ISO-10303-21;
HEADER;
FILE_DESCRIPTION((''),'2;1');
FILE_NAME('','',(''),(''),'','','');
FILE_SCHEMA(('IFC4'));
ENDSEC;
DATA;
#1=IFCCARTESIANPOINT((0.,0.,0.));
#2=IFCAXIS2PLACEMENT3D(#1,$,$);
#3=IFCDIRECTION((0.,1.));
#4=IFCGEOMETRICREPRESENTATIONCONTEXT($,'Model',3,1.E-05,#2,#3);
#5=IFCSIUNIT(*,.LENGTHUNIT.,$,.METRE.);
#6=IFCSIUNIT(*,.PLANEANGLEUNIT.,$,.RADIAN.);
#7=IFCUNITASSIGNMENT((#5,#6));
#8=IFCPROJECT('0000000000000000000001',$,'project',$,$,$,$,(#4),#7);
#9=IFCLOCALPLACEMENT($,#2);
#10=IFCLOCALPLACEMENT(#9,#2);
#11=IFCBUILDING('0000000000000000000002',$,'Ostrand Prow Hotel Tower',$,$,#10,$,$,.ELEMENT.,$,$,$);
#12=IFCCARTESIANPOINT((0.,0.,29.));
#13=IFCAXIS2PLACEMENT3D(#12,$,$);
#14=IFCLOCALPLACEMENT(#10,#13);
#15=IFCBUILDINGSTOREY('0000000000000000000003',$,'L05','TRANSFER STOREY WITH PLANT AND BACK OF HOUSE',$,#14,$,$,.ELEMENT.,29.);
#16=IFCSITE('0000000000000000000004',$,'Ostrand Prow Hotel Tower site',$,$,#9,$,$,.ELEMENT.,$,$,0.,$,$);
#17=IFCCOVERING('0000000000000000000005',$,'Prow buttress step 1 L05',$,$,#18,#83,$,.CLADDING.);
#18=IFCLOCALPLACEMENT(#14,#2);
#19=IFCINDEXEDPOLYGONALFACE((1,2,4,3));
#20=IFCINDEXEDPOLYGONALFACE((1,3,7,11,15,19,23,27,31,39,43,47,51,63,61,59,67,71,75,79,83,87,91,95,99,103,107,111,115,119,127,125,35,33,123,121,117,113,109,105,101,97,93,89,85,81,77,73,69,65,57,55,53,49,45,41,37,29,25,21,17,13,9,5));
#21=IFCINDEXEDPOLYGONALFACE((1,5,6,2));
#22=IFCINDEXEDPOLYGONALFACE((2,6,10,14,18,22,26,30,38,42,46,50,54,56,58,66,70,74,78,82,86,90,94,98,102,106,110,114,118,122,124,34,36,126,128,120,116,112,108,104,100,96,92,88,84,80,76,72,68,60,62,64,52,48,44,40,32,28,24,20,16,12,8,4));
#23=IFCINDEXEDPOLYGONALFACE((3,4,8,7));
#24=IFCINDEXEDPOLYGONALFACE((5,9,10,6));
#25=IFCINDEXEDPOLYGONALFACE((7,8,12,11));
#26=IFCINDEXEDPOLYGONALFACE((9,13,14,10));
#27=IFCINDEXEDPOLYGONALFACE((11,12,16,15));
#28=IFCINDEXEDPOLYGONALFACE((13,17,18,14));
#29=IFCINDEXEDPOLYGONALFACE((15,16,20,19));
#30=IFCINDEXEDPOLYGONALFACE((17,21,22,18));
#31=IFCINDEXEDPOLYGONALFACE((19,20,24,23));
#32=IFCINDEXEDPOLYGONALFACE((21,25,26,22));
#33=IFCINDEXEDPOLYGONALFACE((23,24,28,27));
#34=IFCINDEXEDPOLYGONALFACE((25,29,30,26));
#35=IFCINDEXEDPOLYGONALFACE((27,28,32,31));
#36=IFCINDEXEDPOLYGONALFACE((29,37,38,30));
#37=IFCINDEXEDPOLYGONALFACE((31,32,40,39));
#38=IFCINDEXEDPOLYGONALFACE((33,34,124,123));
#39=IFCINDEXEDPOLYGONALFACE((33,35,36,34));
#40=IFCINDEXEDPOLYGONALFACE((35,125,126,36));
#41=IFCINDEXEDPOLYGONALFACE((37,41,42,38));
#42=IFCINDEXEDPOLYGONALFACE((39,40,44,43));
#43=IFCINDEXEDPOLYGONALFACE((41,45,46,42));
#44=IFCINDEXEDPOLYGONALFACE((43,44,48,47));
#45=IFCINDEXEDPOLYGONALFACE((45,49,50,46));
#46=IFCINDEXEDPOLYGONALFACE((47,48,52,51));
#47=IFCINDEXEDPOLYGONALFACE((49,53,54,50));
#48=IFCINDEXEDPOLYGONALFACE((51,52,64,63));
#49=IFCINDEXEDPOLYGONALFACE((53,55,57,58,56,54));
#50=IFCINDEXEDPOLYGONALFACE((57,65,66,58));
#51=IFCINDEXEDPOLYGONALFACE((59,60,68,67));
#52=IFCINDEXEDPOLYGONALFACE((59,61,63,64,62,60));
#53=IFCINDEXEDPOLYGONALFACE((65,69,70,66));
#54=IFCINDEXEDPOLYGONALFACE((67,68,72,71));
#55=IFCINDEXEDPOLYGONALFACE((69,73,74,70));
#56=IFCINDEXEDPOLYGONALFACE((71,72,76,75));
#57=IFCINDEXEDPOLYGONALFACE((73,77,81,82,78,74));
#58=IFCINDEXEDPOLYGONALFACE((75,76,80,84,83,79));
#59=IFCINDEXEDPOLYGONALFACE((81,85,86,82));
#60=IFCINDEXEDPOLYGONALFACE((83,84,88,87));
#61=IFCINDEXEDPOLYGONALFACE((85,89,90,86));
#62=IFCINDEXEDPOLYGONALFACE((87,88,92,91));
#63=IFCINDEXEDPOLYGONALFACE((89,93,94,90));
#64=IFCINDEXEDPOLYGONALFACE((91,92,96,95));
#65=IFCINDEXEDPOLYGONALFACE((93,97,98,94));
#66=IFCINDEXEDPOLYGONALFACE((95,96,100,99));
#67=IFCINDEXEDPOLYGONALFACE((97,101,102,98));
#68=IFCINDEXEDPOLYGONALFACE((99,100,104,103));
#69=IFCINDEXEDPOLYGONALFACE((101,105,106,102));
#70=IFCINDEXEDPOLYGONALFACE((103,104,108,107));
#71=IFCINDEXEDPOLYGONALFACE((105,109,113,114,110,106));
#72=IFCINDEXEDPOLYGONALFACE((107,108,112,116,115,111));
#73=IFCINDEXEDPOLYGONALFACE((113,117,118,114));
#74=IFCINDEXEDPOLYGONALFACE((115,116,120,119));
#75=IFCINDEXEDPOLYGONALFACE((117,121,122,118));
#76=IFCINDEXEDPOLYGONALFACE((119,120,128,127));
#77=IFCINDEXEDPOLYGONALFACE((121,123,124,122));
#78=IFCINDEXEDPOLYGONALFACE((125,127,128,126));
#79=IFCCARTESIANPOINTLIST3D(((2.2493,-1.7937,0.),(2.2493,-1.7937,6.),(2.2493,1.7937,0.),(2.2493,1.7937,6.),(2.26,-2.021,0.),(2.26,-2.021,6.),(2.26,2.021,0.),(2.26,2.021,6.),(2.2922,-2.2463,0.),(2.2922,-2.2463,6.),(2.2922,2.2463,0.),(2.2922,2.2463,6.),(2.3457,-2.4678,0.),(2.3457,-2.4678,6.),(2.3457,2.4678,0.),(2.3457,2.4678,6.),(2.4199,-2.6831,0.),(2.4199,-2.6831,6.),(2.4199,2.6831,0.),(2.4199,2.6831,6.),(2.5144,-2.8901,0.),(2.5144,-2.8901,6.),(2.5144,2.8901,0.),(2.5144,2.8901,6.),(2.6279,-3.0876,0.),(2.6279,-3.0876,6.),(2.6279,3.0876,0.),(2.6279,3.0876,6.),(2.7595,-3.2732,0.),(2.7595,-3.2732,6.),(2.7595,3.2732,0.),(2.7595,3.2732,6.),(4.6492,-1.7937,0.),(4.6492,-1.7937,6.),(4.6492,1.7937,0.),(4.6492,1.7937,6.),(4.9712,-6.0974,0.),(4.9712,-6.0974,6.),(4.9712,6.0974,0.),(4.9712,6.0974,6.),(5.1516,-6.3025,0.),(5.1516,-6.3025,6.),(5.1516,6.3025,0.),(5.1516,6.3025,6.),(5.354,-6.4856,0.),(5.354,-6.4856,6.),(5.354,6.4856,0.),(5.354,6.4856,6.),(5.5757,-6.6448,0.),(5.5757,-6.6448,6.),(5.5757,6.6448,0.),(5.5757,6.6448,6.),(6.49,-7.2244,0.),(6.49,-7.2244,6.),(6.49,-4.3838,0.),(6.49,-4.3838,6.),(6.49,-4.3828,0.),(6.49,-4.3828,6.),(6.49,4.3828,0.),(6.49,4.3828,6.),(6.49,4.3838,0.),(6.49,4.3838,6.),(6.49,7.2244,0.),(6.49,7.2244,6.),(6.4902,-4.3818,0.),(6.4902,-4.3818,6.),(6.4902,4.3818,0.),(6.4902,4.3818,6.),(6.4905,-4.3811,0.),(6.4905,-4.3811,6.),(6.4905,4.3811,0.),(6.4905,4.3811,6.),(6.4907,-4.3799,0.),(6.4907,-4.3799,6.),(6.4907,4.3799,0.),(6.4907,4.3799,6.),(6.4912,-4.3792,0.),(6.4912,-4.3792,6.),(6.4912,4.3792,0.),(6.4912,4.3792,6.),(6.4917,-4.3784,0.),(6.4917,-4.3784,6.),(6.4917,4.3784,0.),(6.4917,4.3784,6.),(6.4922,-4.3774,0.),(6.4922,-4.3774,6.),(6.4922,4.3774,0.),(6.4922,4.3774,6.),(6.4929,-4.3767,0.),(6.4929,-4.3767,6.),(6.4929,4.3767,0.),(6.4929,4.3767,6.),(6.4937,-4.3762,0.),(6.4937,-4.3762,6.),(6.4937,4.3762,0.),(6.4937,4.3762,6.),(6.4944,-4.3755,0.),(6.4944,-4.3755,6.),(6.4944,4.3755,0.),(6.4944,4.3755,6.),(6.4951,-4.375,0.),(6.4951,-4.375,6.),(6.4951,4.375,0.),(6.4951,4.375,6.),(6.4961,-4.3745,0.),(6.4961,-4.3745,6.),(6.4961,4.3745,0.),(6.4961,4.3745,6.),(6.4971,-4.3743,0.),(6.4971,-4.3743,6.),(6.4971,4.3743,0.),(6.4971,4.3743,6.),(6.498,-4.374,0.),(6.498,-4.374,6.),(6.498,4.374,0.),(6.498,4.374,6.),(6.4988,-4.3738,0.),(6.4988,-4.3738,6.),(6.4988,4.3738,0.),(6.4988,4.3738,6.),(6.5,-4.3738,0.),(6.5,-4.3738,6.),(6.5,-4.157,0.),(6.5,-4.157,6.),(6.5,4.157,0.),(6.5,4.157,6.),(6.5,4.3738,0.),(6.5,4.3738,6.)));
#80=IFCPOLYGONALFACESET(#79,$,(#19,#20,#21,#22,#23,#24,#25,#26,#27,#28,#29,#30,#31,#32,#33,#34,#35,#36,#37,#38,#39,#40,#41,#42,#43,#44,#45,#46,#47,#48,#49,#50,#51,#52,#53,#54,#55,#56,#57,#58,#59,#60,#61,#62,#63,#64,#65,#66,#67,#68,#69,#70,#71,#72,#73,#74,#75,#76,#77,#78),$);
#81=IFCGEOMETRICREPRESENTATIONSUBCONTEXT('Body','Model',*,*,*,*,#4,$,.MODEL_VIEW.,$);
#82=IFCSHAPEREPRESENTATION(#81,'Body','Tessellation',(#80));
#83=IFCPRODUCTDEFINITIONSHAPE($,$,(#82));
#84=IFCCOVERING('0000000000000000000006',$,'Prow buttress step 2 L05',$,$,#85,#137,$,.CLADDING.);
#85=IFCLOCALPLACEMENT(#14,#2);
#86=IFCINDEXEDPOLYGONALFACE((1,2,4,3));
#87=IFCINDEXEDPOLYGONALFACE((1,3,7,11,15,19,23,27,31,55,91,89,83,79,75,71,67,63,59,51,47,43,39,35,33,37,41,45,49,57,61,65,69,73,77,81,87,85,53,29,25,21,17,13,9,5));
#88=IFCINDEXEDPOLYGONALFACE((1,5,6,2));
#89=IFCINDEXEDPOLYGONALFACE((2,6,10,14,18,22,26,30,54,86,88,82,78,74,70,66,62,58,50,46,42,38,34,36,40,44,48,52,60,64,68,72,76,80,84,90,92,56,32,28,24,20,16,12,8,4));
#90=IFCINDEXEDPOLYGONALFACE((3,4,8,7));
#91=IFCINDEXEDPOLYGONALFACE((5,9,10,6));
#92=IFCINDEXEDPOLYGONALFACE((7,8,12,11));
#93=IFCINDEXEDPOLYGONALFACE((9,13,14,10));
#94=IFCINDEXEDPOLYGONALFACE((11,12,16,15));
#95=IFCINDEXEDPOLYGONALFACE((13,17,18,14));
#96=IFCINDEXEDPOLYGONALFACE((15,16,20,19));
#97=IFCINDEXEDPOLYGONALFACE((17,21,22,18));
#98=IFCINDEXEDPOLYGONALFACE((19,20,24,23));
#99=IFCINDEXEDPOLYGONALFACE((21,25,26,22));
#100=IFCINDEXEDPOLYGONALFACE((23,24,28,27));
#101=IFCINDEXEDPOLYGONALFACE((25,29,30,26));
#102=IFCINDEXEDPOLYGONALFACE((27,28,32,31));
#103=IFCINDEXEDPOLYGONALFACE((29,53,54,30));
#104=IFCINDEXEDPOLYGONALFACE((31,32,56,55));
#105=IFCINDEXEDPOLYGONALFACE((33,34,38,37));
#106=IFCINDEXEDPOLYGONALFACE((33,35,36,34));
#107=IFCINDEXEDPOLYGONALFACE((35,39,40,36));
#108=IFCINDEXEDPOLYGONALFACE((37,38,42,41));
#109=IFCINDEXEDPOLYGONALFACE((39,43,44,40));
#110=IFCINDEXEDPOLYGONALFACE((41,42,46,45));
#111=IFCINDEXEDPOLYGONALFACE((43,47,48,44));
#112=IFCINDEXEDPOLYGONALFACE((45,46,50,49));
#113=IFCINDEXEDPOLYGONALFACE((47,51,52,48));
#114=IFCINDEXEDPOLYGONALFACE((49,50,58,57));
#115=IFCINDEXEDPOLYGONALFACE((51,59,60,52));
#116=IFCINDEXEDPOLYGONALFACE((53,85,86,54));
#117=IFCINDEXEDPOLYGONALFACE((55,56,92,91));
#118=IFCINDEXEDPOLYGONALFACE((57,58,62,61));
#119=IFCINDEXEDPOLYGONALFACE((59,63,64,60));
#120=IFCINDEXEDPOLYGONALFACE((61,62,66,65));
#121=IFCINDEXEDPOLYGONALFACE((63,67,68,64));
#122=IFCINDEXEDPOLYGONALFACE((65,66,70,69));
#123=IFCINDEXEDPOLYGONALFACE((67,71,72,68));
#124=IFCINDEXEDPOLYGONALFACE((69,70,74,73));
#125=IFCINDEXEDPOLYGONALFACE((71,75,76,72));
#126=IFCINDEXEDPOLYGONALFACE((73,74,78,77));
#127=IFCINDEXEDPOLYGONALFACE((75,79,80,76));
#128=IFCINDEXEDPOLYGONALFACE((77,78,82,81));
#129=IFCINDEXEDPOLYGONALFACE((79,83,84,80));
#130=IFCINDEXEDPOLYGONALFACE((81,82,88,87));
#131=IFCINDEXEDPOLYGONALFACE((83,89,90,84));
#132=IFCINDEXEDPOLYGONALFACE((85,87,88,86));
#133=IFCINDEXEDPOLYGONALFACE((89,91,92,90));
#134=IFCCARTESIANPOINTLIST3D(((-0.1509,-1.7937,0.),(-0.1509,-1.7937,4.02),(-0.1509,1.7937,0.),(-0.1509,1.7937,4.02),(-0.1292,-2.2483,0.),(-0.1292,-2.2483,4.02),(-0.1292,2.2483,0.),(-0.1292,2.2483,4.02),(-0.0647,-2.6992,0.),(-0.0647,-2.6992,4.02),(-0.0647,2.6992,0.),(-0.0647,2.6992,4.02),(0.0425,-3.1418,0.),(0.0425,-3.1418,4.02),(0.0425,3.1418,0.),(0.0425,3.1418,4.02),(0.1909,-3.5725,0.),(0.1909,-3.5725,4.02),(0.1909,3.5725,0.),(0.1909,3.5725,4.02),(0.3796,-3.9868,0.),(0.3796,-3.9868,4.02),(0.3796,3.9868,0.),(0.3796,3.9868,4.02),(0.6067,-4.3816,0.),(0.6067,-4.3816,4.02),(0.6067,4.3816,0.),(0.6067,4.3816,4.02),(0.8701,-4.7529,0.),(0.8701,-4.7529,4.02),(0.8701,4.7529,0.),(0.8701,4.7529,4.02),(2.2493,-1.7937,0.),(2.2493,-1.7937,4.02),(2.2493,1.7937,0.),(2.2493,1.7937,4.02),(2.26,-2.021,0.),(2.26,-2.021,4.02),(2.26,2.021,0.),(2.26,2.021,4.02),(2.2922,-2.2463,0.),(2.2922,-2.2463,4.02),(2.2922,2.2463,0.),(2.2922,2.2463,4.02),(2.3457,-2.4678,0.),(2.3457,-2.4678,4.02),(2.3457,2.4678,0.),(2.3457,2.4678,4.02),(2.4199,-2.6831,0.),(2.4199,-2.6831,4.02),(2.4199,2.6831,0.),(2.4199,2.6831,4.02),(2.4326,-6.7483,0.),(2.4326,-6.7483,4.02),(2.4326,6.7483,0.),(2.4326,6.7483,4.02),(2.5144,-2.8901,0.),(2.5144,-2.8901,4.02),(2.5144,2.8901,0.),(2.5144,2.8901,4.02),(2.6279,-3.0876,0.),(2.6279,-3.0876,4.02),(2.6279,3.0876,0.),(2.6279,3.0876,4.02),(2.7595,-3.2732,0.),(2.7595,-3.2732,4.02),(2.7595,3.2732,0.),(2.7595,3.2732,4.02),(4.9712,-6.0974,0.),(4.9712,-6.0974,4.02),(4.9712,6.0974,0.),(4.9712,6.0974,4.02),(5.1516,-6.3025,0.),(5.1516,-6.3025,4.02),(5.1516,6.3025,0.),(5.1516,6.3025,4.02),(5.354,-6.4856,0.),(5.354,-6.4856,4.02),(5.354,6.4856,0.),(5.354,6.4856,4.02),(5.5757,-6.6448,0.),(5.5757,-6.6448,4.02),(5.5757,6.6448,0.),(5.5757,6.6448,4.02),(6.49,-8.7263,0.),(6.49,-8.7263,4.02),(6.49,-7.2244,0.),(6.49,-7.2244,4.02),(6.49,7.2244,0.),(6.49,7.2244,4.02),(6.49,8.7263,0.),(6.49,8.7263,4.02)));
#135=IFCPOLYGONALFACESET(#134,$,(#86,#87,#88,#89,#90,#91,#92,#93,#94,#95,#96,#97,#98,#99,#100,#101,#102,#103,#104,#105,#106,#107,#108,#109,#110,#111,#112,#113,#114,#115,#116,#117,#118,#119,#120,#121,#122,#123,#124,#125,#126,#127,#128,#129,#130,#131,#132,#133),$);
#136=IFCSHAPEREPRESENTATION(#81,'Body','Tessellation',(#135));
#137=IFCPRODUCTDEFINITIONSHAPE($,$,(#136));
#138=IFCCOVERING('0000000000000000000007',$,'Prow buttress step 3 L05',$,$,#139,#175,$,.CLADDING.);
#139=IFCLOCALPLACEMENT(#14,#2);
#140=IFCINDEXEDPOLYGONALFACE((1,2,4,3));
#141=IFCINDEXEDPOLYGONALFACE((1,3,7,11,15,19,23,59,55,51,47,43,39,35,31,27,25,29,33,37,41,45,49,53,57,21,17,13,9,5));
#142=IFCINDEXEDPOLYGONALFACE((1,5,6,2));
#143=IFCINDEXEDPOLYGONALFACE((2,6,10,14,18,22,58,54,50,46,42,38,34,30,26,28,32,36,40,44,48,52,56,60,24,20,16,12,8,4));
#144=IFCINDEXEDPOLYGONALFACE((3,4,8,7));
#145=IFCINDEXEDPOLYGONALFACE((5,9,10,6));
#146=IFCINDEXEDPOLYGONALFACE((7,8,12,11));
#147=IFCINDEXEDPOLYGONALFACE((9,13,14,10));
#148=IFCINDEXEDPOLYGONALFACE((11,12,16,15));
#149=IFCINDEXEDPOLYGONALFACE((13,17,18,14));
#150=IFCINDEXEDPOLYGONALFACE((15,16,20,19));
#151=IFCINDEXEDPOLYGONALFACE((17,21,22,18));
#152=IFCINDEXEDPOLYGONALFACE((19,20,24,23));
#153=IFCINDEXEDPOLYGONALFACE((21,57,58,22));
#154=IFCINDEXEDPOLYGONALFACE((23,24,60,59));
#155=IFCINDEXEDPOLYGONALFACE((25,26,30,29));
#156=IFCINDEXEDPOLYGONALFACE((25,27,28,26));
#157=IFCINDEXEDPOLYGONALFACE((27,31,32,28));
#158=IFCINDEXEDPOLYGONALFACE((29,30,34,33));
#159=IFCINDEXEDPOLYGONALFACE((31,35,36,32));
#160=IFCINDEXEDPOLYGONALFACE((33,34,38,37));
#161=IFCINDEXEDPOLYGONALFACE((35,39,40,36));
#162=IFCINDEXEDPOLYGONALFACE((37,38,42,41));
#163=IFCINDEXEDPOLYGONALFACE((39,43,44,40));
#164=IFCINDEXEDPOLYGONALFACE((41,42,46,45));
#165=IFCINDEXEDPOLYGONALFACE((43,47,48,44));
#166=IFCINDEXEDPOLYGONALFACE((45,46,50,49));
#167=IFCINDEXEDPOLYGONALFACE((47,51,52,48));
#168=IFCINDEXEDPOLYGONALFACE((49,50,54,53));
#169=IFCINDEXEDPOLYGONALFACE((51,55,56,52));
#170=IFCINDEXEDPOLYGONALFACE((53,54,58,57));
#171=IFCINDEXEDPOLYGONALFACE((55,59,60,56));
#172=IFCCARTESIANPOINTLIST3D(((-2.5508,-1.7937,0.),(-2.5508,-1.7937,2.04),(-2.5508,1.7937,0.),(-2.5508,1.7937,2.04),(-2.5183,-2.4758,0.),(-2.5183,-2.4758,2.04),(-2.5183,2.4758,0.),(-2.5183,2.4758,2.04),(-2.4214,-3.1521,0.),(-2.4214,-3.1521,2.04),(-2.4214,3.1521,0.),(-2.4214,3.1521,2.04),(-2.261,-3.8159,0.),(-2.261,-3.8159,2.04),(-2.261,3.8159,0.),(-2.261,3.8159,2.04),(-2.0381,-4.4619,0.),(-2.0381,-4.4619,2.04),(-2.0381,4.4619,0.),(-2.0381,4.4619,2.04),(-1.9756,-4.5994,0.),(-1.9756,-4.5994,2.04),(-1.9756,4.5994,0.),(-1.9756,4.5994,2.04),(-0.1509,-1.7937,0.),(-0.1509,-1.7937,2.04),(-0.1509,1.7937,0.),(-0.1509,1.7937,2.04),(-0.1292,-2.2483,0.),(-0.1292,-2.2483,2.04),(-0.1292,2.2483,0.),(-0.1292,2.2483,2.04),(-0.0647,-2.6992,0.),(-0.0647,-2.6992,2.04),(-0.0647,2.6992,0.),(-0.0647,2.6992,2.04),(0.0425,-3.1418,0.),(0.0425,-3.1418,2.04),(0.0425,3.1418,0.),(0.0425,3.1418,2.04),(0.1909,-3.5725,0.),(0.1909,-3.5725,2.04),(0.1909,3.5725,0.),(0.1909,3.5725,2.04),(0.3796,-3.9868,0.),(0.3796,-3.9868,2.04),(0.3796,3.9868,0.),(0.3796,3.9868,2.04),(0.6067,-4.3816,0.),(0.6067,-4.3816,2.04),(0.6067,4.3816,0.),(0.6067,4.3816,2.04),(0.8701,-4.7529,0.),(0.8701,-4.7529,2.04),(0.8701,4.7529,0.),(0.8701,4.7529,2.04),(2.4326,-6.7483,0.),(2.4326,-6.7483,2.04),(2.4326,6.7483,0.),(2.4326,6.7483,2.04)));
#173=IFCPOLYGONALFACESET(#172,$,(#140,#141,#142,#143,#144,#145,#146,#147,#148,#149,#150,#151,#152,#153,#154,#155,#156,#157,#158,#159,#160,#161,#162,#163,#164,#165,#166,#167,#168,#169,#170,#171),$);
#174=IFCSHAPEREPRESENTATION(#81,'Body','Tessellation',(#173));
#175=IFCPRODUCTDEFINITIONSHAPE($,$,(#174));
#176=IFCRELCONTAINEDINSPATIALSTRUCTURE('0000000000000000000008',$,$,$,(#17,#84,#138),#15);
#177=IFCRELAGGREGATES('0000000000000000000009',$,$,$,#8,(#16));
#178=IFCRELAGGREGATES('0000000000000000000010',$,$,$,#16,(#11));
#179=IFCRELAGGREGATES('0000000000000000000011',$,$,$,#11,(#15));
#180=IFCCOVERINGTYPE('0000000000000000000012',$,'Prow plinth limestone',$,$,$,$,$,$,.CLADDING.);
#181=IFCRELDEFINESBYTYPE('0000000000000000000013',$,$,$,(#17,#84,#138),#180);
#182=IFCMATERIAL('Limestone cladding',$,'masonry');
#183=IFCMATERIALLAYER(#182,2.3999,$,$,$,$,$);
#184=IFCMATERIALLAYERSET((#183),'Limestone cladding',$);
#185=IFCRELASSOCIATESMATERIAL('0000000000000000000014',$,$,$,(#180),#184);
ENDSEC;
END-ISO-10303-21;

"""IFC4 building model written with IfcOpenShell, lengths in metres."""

from ifc_helpers import new_model, si_unit, direction, frame, origin, place, context, subcontext, project, spatial, polyline, outline, extrude, material, layer, layer_set, type_object, element, save


model = new_model("IFC4")

# Units and contexts
model_context = context("Model", 3, precision=1e-05, world=origin(), true_north=direction((0.0, 1.0)))
body_context = subcontext(model_context, "Body", "Model", "MODEL_VIEW")
ifc_project = project(units=[si_unit("LENGTHUNIT", "METRE"), si_unit("PLANEANGLEUNIT", "RADIAN")], contexts=[model_context])

# Site, building, storey
site_placement = place(None, origin())
site = spatial("IfcSite", under=ifc_project, at=site_placement, Name="Ostrand Prow Hotel Tower site", CompositionType="ELEMENT", RefElevation=0.0)
building_placement = place(site_placement, origin())
building = spatial("IfcBuilding", under=site, at=building_placement, Name="Ostrand Prow Hotel Tower", CompositionType="ELEMENT")
storey_placement = place(building_placement, frame((0.0, 0.0, 29.0)))
storey = spatial("IfcBuildingStorey", under=building, at=storey_placement, Name="L05", Description="TRANSFER STOREY WITH PLANT AND BACK OF HOUSE", CompositionType="ELEMENT", Elevation=29.0)

# Coverings
ifc_material_1 = material(Name="Limestone cladding", Category="masonry")
ifc_layer_1 = layer(ifc_material_1, 2.3999)
ifc_layer_set_1 = layer_set([ifc_layer_1], Name="Limestone cladding")
covering_type_1 = type_object("IfcCoveringType", Name="Prow plinth limestone", PredefinedType="CLADDING", material=ifc_layer_set_1)
covering_1_placement = place(storey_placement, origin())
element("IfcCovering", 1, at=covering_1_placement, inside=storey, type_object=covering_type_1, Name="Prow buttress step 1 L05", PredefinedType="CLADDING", context=body_context, shape_type="SweptSolid", body=[
    extrude(outline(polyline([(4.6492, -1.7937), (4.6492, 1.7937), (6.5, 4.157), (6.5, 4.3738), (6.5, 4.3738), (6.4988, 4.3738), (6.498, 4.374), (6.4971, 4.3743), (6.4961, 4.3745), (6.4951, 4.375), (6.4944, 4.3755), (6.4937, 4.3762), (6.4929, 4.3767), (6.4922, 4.3774), (6.4917, 4.3784), (6.4912, 4.3792), (6.4907, 4.3799), (6.4905, 4.3811), (6.4902, 4.3818), (6.49, 4.3828), (6.49, 4.3838), (6.49, 7.2244), (5.5757, 6.6448), (5.354, 6.4856), (5.1516, 6.3025), (4.9712, 6.0974), (2.7595, 3.2732), (2.6279, 3.0876), (2.5144, 2.8901), (2.4199, 2.6831), (2.3457, 2.4678), (2.2922, 2.2463), (2.26, 2.021), (2.2493, 1.7937), (2.2493, -1.7937), (2.26, -2.021), (2.2922, -2.2463), (2.3457, -2.4678), (2.4199, -2.6831), (2.5144, -2.8901), (2.6279, -3.0876), (2.7595, -3.2732), (4.9712, -6.0974), (5.1516, -6.3025), (5.354, -6.4856), (5.5757, -6.6448), (6.49, -7.2244), (6.49, -4.3838), (6.49, -4.3828), (6.4902, -4.3818), (6.4905, -4.3811), (6.4907, -4.3799), (6.4912, -4.3792), (6.4917, -4.3784), (6.4922, -4.3774), (6.4929, -4.3767), (6.4937, -4.3762), (6.4944, -4.3755), (6.4951, -4.375), (6.4961, -4.3745), (6.4971, -4.3743), (6.498, -4.374), (6.4988, -4.3738), (6.5, -4.3738), (6.5, -4.3738), (6.5, -4.157), (4.6492, -1.7937)])), origin(), (0.0, 0.0, 1.0), 6.0),
])
covering_2_placement = place(storey_placement, origin())
element("IfcCovering", 2, at=covering_2_placement, inside=storey, type_object=covering_type_1, Name="Prow buttress step 2 L05", PredefinedType="CLADDING", context=body_context, shape_type="SweptSolid", body=[
    extrude(outline(polyline([(0.3796, -3.9868), (0.6067, -4.3816), (0.8701, -4.7529), (2.4326, -6.7483), (6.49, -8.7263), (6.49, -7.2244), (5.5757, -6.6448), (5.354, -6.4856), (5.1516, -6.3025), (4.9712, -6.0974), (2.7595, -3.2732), (2.6279, -3.0876), (2.5144, -2.8901), (2.4199, -2.6831), (2.3457, -2.4678), (2.2922, -2.2463), (2.26, -2.021), (2.2493, -1.7937), (2.2493, 1.7937), (2.26, 2.021), (2.2922, 2.2463), (2.3457, 2.4678), (2.4199, 2.6831), (2.5144, 2.8901), (2.6279, 3.0876), (2.7595, 3.2732), (4.9712, 6.0974), (5.1516, 6.3025), (5.354, 6.4856), (5.5757, 6.6448), (6.49, 7.2244), (6.49, 8.7263), (2.4326, 6.7483), (0.8701, 4.7529), (0.6067, 4.3816), (0.3796, 3.9868), (0.1909, 3.5725), (0.0425, 3.1418), (-0.0647, 2.6992), (-0.1292, 2.2483), (-0.1509, 1.7937), (-0.1509, -1.7937), (-0.1292, -2.2483), (-0.0647, -2.6992), (0.0425, -3.1418), (0.1909, -3.5725), (0.3796, -3.9868)])), origin(), (0.0, 0.0, 1.0), 4.02),
])
covering_3_placement = place(storey_placement, origin())
element("IfcCovering", 3, at=covering_3_placement, inside=storey, type_object=covering_type_1, Name="Prow buttress step 3 L05", PredefinedType="CLADDING", context=body_context, shape_type="SweptSolid", body=[
    extrude(outline(polyline([(-2.4214, -3.1521), (-2.261, -3.8159), (-2.0381, -4.4619), (-1.9756, -4.5994), (2.4326, -6.7483), (0.8701, -4.7529), (0.6067, -4.3816), (0.3796, -3.9868), (0.1909, -3.5725), (0.0425, -3.1418), (-0.0647, -2.6992), (-0.1292, -2.2483), (-0.1509, -1.7937), (-0.1509, 1.7937), (-0.1292, 2.2483), (-0.0647, 2.6992), (0.0425, 3.1418), (0.1909, 3.5725), (0.3796, 3.9868), (0.6067, 4.3816), (0.8701, 4.7529), (2.4326, 6.7483), (-1.9756, 4.5994), (-2.0381, 4.4619), (-2.261, 3.8159), (-2.4214, 3.1521), (-2.5183, 2.4758), (-2.5508, 1.7937), (-2.5508, -1.7937), (-2.5183, -2.4758), (-2.4214, -3.1521)])), origin(), (0.0, 0.0, 1.0), 2.04),
])

save(model, "model.ifc")
